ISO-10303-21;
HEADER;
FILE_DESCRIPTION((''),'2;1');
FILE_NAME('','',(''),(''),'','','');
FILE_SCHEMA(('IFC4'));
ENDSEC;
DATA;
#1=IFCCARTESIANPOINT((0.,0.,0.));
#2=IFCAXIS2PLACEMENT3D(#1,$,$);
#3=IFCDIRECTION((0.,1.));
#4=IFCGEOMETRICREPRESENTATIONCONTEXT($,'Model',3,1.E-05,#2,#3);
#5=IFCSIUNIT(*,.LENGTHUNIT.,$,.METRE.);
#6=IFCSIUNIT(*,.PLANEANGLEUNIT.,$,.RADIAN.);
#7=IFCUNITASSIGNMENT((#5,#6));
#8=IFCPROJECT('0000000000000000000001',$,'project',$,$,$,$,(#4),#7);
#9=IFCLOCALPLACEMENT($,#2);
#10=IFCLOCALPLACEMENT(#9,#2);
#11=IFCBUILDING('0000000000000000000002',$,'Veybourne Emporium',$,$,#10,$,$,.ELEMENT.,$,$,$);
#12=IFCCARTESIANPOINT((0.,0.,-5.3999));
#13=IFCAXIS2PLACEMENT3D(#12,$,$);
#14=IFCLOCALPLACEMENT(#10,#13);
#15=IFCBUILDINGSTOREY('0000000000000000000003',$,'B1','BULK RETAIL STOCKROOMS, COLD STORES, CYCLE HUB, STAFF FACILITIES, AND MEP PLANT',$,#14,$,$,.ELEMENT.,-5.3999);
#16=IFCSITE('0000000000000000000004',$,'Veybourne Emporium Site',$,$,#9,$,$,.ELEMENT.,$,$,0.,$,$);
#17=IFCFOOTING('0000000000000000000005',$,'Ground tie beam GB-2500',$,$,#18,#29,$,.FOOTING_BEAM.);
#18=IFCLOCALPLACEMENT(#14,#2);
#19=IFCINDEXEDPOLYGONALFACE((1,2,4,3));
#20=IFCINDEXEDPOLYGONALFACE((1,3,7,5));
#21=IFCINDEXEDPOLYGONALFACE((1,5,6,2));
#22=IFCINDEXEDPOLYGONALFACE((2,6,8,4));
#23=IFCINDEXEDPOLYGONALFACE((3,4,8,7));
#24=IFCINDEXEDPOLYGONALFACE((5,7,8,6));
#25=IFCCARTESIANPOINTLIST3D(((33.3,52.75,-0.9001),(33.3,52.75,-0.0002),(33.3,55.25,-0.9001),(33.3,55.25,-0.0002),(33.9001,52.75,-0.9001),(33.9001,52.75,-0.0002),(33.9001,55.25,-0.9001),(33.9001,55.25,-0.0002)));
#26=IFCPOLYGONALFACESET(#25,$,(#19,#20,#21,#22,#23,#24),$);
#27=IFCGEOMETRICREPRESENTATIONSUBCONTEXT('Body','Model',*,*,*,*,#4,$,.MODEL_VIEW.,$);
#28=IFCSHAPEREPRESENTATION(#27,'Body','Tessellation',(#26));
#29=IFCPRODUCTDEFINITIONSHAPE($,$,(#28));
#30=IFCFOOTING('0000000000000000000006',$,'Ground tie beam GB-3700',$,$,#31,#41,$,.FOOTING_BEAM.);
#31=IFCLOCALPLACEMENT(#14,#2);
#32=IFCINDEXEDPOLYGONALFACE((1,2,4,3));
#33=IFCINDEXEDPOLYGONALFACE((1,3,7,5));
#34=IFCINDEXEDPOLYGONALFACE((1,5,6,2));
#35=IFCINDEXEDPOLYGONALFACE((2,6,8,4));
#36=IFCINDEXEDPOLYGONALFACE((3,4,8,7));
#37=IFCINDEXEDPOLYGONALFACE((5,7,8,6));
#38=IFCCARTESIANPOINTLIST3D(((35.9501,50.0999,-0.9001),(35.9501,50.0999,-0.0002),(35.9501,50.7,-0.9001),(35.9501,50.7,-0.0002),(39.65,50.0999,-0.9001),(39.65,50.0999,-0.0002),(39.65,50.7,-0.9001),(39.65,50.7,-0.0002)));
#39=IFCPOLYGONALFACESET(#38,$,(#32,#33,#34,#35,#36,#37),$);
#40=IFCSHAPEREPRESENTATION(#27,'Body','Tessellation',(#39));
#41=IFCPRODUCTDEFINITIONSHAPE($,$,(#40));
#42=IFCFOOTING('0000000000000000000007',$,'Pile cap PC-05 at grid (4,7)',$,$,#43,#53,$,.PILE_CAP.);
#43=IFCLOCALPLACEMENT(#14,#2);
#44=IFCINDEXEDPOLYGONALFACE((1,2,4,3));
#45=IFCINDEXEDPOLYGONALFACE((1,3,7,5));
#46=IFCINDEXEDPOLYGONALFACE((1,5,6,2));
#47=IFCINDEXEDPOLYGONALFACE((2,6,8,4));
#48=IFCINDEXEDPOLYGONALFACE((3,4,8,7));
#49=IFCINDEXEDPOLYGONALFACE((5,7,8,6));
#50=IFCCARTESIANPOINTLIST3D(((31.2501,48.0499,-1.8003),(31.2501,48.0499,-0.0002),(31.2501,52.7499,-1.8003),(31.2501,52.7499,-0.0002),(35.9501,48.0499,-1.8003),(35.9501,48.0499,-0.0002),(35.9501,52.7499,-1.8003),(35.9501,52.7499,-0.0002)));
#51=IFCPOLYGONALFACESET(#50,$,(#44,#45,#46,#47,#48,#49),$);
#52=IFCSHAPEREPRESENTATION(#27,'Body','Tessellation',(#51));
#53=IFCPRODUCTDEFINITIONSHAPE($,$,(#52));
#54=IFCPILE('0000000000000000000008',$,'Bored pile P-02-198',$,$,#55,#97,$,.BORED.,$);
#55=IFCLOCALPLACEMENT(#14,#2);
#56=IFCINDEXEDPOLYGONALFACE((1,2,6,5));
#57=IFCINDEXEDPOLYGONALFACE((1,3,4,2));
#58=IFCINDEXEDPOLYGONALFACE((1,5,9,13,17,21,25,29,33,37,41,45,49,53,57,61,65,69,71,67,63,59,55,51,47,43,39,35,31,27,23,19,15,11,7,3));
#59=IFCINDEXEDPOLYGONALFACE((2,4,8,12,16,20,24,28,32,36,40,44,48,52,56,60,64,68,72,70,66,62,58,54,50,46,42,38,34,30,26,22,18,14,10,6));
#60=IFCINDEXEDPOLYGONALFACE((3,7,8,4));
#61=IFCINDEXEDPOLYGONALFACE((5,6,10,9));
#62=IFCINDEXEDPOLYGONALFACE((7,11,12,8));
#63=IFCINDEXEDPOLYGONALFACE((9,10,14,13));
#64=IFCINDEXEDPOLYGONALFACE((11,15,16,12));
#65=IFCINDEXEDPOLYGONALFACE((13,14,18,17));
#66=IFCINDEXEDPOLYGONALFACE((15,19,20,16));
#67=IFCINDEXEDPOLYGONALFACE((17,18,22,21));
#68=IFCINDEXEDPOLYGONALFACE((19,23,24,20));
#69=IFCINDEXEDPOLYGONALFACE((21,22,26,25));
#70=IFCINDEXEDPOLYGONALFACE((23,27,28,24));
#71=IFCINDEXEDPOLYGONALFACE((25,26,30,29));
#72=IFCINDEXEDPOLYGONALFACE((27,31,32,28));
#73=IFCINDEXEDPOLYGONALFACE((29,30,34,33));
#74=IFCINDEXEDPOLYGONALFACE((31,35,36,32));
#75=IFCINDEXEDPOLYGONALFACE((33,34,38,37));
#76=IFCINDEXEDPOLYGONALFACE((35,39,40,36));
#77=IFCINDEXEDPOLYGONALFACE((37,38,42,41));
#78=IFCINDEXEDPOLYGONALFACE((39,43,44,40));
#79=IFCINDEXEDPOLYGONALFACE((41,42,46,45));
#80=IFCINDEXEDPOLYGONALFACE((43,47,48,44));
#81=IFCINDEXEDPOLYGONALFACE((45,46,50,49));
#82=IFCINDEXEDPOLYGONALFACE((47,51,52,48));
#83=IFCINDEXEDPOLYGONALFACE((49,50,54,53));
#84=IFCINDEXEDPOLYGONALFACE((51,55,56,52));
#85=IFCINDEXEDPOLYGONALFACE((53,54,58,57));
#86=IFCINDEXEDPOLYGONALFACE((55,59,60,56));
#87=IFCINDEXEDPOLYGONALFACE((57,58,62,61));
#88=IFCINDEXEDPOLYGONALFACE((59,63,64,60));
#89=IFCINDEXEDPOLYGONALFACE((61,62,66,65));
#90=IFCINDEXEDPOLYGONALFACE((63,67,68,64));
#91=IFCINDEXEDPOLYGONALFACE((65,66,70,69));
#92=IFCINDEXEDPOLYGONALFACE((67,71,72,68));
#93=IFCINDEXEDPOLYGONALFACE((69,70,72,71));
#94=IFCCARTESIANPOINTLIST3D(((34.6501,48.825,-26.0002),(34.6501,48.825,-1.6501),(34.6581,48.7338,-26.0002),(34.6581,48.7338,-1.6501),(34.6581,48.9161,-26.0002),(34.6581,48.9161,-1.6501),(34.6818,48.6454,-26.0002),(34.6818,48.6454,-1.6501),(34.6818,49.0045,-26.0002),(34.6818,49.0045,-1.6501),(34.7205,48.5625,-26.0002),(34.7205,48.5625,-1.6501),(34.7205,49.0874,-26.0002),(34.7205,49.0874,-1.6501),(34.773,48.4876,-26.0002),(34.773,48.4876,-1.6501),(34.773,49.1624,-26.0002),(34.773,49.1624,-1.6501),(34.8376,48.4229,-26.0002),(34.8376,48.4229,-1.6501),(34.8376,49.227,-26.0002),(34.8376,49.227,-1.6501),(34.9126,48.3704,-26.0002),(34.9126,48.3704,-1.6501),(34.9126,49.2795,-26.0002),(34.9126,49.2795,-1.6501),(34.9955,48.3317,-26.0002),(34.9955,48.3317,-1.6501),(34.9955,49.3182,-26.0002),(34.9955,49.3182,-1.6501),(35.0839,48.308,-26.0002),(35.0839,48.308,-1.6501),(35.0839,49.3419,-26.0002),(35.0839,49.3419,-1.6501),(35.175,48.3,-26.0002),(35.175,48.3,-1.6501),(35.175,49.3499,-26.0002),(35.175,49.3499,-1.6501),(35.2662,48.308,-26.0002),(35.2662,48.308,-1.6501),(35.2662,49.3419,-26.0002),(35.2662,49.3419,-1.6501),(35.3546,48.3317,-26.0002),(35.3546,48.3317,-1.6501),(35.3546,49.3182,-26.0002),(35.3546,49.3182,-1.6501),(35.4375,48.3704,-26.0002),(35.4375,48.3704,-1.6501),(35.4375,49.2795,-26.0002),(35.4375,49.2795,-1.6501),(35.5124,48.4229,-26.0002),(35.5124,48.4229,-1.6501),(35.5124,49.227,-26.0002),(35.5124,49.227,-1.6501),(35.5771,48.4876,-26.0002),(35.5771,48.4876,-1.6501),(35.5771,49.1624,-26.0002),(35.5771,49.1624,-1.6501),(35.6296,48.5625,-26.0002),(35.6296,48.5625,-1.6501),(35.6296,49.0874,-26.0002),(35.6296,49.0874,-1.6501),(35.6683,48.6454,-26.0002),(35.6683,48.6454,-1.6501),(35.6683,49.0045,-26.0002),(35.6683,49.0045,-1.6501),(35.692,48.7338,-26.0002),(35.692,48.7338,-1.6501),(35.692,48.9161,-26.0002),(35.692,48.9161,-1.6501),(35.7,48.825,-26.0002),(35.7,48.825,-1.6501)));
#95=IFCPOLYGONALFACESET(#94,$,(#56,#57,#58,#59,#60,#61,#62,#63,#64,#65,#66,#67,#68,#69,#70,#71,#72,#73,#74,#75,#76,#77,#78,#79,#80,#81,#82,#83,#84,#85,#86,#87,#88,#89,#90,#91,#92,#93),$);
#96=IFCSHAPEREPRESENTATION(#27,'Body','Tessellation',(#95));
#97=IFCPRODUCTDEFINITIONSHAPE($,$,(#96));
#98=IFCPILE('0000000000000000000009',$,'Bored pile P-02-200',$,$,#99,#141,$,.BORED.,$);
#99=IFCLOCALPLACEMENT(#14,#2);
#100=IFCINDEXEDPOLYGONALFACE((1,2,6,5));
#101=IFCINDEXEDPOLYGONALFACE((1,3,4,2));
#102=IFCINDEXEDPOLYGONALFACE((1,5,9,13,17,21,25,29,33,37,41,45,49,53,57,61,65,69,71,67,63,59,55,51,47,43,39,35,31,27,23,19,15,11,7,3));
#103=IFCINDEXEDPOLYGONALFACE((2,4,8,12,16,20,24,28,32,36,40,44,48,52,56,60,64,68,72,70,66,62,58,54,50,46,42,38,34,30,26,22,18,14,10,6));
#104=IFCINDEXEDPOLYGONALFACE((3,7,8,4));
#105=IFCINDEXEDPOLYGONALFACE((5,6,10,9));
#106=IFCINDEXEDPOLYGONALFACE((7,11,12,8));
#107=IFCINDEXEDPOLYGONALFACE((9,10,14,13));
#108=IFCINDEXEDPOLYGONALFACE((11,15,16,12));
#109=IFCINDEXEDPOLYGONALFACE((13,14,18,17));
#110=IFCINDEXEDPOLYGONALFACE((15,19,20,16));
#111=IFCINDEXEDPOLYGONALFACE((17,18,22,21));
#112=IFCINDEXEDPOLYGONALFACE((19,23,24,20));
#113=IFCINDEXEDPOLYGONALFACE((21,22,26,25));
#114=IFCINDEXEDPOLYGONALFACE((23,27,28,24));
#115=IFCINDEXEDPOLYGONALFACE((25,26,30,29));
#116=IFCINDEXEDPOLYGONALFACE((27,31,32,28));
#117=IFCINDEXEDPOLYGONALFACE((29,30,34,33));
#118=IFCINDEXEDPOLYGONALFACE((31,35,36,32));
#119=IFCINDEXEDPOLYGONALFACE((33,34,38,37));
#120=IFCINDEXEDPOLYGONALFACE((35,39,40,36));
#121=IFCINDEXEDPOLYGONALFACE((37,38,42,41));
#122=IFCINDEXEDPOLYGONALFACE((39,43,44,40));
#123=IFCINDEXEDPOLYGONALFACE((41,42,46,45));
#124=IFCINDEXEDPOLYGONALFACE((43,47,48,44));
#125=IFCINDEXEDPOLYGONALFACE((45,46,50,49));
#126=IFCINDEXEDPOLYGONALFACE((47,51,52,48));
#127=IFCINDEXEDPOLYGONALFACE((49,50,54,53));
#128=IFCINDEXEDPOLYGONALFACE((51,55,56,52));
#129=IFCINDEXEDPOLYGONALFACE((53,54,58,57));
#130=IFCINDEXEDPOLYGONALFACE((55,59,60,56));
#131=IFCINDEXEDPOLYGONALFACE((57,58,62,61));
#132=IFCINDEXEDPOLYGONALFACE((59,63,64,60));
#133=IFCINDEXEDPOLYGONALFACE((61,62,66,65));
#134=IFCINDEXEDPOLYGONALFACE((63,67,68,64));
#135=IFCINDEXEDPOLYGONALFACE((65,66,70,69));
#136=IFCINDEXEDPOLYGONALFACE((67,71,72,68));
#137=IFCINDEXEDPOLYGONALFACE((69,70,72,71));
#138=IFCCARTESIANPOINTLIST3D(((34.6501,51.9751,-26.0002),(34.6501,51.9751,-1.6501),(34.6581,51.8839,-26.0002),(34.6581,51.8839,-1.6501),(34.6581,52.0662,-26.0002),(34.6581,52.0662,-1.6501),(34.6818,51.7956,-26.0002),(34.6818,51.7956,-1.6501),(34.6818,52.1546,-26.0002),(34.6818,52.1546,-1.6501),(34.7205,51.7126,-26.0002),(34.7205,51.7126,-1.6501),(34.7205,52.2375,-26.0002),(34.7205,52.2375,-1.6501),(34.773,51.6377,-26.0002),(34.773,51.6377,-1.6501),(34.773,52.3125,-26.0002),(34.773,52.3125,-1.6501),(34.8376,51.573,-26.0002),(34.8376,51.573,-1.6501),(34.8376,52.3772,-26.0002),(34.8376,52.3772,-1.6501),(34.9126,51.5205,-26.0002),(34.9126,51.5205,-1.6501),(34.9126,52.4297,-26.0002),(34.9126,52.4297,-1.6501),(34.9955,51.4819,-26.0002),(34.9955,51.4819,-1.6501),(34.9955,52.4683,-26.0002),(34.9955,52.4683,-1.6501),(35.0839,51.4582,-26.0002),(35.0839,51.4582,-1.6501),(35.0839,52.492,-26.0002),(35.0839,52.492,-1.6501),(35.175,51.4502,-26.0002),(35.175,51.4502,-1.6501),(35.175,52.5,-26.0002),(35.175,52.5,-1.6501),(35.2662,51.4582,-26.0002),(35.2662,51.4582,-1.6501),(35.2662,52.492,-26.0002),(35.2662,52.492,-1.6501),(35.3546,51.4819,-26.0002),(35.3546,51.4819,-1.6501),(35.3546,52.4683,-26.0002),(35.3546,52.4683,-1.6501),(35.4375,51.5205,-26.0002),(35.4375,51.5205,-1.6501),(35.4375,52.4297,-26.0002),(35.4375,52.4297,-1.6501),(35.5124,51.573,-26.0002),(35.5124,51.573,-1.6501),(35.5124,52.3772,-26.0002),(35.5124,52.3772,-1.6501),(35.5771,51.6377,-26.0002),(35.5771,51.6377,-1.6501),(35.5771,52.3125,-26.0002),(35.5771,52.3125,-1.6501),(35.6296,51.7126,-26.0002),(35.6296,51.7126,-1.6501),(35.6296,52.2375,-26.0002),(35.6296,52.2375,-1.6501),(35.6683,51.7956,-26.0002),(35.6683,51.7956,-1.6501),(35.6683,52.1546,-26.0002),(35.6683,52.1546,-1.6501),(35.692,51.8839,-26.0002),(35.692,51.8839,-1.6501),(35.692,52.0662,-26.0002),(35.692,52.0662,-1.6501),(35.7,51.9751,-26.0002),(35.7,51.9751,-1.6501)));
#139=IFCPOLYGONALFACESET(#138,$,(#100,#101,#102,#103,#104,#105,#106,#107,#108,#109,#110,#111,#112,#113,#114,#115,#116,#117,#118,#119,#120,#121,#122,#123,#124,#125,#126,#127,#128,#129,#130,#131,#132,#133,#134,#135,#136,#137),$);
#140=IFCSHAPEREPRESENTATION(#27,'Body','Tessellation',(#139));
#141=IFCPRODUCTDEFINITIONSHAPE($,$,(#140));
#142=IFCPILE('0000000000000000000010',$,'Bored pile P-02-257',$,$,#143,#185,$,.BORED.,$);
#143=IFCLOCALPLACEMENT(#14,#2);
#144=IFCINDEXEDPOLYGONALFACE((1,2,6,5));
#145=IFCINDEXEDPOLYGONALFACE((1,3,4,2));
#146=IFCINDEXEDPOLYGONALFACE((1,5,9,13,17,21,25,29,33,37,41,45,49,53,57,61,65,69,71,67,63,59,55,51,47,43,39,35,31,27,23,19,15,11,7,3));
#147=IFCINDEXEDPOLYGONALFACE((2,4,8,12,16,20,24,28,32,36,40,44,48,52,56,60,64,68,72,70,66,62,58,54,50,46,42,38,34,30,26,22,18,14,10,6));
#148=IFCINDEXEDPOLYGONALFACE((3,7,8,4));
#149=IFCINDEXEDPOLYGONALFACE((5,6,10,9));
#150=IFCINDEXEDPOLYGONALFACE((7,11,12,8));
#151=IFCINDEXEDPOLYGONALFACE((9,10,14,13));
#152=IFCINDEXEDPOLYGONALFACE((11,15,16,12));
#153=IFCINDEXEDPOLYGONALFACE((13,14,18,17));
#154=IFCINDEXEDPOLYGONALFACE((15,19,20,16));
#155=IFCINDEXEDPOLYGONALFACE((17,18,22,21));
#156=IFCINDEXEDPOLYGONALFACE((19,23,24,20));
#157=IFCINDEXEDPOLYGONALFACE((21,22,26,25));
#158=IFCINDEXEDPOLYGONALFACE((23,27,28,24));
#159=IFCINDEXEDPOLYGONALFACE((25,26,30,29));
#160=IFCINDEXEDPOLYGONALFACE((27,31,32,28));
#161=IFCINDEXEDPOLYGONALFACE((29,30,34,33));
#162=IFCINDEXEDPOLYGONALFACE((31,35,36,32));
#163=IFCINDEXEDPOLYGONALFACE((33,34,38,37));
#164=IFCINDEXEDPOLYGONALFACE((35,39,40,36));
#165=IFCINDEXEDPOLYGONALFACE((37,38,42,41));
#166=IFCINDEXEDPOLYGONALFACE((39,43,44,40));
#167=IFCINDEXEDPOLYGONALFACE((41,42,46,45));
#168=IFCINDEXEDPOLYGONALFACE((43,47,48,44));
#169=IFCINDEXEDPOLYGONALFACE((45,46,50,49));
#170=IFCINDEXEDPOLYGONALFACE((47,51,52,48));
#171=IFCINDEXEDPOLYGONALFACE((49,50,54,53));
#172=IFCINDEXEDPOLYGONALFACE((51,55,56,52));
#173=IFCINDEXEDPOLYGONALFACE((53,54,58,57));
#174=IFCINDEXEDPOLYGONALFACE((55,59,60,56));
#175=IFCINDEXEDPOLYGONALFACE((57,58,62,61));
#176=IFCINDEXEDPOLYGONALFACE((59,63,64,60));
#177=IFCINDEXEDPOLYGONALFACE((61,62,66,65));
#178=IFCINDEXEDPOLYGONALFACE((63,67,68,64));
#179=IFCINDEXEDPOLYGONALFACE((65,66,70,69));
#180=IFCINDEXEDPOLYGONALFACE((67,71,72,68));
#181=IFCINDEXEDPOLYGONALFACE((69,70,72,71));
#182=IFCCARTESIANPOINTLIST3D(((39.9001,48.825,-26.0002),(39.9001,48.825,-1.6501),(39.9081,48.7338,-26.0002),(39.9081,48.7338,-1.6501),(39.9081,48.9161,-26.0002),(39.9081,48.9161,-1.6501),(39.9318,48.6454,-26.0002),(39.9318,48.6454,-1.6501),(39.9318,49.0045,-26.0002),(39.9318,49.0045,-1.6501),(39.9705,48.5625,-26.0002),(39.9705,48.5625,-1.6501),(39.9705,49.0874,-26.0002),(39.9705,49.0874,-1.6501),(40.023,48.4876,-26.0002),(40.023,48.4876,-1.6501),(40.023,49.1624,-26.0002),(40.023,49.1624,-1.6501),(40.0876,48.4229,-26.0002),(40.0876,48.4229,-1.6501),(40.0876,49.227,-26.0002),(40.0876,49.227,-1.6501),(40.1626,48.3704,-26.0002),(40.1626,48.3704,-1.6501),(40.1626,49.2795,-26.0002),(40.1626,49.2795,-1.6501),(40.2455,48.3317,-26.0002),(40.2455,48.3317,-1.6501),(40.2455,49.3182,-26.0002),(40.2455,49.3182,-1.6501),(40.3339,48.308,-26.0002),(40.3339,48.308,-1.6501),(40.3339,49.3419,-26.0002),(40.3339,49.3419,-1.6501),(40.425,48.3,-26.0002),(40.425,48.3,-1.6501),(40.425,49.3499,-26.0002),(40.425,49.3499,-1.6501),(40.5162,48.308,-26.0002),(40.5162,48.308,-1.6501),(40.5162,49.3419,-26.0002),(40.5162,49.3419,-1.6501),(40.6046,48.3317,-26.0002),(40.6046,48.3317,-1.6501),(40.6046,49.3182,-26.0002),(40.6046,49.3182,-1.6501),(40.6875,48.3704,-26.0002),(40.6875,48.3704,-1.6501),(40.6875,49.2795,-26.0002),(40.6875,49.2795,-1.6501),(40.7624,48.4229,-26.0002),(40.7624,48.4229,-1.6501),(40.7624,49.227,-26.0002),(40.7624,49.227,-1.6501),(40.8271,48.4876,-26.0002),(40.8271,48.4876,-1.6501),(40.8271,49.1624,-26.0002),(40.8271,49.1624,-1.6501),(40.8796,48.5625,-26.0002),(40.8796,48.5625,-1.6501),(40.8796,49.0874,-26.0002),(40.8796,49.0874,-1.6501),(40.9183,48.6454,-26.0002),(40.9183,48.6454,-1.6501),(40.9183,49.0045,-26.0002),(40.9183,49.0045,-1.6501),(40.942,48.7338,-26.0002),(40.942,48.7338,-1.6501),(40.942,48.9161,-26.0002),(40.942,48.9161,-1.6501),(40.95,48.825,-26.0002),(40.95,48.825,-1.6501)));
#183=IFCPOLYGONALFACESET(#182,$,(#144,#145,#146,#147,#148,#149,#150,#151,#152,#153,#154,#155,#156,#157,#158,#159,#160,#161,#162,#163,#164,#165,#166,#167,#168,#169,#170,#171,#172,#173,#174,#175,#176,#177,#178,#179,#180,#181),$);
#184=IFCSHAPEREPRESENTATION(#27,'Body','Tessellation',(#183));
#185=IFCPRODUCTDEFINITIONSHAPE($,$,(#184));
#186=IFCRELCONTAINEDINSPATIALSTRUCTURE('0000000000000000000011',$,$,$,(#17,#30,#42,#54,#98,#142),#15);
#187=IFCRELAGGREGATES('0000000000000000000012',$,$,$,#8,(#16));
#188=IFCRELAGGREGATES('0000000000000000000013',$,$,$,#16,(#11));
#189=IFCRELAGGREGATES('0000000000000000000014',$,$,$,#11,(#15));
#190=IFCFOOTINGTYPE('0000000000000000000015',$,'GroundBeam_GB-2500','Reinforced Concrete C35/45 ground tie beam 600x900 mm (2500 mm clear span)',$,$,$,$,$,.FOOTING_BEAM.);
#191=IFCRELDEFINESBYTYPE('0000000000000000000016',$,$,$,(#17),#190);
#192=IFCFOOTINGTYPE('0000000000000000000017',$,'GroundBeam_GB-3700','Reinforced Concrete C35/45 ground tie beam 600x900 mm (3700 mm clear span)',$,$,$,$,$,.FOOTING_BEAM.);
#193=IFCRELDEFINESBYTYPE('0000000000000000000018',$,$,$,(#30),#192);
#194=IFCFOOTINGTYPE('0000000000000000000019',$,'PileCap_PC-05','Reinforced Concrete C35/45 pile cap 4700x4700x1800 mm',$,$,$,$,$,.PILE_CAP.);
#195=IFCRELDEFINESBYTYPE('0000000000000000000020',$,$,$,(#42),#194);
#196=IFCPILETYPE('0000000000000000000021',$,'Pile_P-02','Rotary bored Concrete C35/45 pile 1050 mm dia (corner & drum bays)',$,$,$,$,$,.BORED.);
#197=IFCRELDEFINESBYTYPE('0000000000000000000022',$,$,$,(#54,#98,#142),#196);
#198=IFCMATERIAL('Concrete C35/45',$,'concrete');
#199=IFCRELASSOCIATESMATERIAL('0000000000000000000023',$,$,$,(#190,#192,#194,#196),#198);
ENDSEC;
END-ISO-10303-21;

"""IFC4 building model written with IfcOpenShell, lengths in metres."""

from ifc_helpers import new_model, si_unit, direction, frame, origin, origin_2d, place, context, subcontext, project, spatial, rectangle, circle, extrude, material, material_profile, profile_set, type_object, element, save


model = new_model("IFC4")

# Units and contexts
model_context = context("Model", 3, precision=1e-05, world=origin(), true_north=direction((0.0, 1.0)))
body_context = subcontext(model_context, "Body", "Model", "MODEL_VIEW")
ifc_project = project(units=[si_unit("LENGTHUNIT", "METRE"), si_unit("PLANEANGLEUNIT", "RADIAN")], contexts=[model_context])

# Site, building, storey
site_placement = place(None, origin())
site = spatial("IfcSite", under=ifc_project, at=site_placement, Name="Veybourne Emporium Site", CompositionType="ELEMENT", RefElevation=0.0)
building_placement = place(site_placement, origin())
building = spatial("IfcBuilding", under=site, at=building_placement, Name="Veybourne Emporium", CompositionType="ELEMENT")
storey_placement = place(building_placement, frame((0.0, 0.0, -5.3999)))
storey = spatial("IfcBuildingStorey", under=building, at=storey_placement, Name="B1", Description="BULK RETAIL STOCKROOMS, COLD STORES, CYCLE HUB, STAFF FACILITIES, AND MEP PLANT", CompositionType="ELEMENT", Elevation=-5.3999)

# Footings
ifc_material_1 = material(Name="Concrete C35/45", Category="concrete")
footing_type_1 = type_object("IfcFootingType", Name="GroundBeam_GB-2500", Description="Reinforced Concrete C35/45 ground tie beam 600x900 mm (2500 mm clear span)", PredefinedType="FOOTING_BEAM", material=ifc_material_1)
footing_1_placement = place(storey_placement, frame((33.6001, 54.0, -0.9001), z_axis=(0.0, 0.0, 1.0), x_axis=(0.0, 1.0, 0.0)))
element("IfcFooting", 1, at=footing_1_placement, inside=storey, type_object=footing_type_1, Name="Ground tie beam GB-2500", PredefinedType="FOOTING_BEAM", context=body_context, shape_type="SweptSolid", body=[
    extrude(rectangle(XDim=2.5, YDim=0.6001, at=origin_2d()), origin(), (0.0, 0.0, 1.0), 0.8999),
])
footing_type_2 = type_object("IfcFootingType", Name="GroundBeam_GB-3700", Description="Reinforced Concrete C35/45 ground tie beam 600x900 mm (3700 mm clear span)", PredefinedType="FOOTING_BEAM", material=ifc_material_1)
footing_2_placement = place(storey_placement, frame((37.8, 50.3999, -0.9001), z_axis=(0.0, 0.0, 1.0), x_axis=(1.0, 0.0, 0.0)))
element("IfcFooting", 2, at=footing_2_placement, inside=storey, type_object=footing_type_2, Name="Ground tie beam GB-3700", PredefinedType="FOOTING_BEAM", context=body_context, shape_type="SweptSolid", body=[
    extrude(rectangle(XDim=3.7, YDim=0.6001, at=origin_2d()), origin(), (0.0, 0.0, 1.0), 0.8999),
])
footing_type_3 = type_object("IfcFootingType", Name="PileCap_PC-05", Description="Reinforced Concrete C35/45 pile cap 4700x4700x1800 mm", PredefinedType="PILE_CAP", material=ifc_material_1)
footing_3_placement = place(storey_placement, frame((33.6001, 50.3999, -1.8003), z_axis=(0.0, 0.0, 1.0), x_axis=(1.0, 0.0, 0.0)))
element("IfcFooting", 3, at=footing_3_placement, inside=storey, type_object=footing_type_3, Name="Pile cap PC-05 at grid (4,7)", PredefinedType="PILE_CAP", context=body_context, shape_type="SweptSolid", body=[
    extrude(rectangle(XDim=4.7, YDim=4.7, at=origin_2d()), origin(), (0.0, 0.0, 1.0), 1.8),
])

# Piles
ifc_material_profile_1 = material_profile(ifc_material_1, circle(Radius=0.5249, at=origin_2d()), Name="BORED PILE 1050")
ifc_profile_set_1 = profile_set([ifc_material_profile_1], Name="Concrete C35/45")
pile_type_1 = type_object("IfcPileType", Name="Pile_P-02", Description="Rotary bored Concrete C35/45 pile 1050 mm dia (corner & drum bays)", PredefinedType="BORED", material=ifc_profile_set_1)
for number, where, z_axis, x_axis, name in (
    (4, (35.175, 48.825, -1.6501), (0.0, 0.0, -1.0), (1.0, 0.0, 0.0), "Bored pile P-02-198"),
    (5, (35.175, 51.9751, -1.6501), (0.0, 0.0, -1.0), (1.0, 0.0, 0.0), "Bored pile P-02-200"),
    (6, (40.425, 48.825, -1.6501), (0.0, 0.0, -1.0), (1.0, 0.0, 0.0), "Bored pile P-02-257"),
):
    element("IfcPile", number, at=place(storey_placement, frame(where, z_axis=z_axis, x_axis=x_axis)), inside=storey, type_object=pile_type_1, Name=name, PredefinedType="BORED", context=body_context, shape_type="SweptSolid", body=[
        extrude(circle(Radius=0.5249, at=origin_2d()), origin(), (0.0, 0.0, 1.0), 24.3501),
    ])

save(model, "model.ifc")
